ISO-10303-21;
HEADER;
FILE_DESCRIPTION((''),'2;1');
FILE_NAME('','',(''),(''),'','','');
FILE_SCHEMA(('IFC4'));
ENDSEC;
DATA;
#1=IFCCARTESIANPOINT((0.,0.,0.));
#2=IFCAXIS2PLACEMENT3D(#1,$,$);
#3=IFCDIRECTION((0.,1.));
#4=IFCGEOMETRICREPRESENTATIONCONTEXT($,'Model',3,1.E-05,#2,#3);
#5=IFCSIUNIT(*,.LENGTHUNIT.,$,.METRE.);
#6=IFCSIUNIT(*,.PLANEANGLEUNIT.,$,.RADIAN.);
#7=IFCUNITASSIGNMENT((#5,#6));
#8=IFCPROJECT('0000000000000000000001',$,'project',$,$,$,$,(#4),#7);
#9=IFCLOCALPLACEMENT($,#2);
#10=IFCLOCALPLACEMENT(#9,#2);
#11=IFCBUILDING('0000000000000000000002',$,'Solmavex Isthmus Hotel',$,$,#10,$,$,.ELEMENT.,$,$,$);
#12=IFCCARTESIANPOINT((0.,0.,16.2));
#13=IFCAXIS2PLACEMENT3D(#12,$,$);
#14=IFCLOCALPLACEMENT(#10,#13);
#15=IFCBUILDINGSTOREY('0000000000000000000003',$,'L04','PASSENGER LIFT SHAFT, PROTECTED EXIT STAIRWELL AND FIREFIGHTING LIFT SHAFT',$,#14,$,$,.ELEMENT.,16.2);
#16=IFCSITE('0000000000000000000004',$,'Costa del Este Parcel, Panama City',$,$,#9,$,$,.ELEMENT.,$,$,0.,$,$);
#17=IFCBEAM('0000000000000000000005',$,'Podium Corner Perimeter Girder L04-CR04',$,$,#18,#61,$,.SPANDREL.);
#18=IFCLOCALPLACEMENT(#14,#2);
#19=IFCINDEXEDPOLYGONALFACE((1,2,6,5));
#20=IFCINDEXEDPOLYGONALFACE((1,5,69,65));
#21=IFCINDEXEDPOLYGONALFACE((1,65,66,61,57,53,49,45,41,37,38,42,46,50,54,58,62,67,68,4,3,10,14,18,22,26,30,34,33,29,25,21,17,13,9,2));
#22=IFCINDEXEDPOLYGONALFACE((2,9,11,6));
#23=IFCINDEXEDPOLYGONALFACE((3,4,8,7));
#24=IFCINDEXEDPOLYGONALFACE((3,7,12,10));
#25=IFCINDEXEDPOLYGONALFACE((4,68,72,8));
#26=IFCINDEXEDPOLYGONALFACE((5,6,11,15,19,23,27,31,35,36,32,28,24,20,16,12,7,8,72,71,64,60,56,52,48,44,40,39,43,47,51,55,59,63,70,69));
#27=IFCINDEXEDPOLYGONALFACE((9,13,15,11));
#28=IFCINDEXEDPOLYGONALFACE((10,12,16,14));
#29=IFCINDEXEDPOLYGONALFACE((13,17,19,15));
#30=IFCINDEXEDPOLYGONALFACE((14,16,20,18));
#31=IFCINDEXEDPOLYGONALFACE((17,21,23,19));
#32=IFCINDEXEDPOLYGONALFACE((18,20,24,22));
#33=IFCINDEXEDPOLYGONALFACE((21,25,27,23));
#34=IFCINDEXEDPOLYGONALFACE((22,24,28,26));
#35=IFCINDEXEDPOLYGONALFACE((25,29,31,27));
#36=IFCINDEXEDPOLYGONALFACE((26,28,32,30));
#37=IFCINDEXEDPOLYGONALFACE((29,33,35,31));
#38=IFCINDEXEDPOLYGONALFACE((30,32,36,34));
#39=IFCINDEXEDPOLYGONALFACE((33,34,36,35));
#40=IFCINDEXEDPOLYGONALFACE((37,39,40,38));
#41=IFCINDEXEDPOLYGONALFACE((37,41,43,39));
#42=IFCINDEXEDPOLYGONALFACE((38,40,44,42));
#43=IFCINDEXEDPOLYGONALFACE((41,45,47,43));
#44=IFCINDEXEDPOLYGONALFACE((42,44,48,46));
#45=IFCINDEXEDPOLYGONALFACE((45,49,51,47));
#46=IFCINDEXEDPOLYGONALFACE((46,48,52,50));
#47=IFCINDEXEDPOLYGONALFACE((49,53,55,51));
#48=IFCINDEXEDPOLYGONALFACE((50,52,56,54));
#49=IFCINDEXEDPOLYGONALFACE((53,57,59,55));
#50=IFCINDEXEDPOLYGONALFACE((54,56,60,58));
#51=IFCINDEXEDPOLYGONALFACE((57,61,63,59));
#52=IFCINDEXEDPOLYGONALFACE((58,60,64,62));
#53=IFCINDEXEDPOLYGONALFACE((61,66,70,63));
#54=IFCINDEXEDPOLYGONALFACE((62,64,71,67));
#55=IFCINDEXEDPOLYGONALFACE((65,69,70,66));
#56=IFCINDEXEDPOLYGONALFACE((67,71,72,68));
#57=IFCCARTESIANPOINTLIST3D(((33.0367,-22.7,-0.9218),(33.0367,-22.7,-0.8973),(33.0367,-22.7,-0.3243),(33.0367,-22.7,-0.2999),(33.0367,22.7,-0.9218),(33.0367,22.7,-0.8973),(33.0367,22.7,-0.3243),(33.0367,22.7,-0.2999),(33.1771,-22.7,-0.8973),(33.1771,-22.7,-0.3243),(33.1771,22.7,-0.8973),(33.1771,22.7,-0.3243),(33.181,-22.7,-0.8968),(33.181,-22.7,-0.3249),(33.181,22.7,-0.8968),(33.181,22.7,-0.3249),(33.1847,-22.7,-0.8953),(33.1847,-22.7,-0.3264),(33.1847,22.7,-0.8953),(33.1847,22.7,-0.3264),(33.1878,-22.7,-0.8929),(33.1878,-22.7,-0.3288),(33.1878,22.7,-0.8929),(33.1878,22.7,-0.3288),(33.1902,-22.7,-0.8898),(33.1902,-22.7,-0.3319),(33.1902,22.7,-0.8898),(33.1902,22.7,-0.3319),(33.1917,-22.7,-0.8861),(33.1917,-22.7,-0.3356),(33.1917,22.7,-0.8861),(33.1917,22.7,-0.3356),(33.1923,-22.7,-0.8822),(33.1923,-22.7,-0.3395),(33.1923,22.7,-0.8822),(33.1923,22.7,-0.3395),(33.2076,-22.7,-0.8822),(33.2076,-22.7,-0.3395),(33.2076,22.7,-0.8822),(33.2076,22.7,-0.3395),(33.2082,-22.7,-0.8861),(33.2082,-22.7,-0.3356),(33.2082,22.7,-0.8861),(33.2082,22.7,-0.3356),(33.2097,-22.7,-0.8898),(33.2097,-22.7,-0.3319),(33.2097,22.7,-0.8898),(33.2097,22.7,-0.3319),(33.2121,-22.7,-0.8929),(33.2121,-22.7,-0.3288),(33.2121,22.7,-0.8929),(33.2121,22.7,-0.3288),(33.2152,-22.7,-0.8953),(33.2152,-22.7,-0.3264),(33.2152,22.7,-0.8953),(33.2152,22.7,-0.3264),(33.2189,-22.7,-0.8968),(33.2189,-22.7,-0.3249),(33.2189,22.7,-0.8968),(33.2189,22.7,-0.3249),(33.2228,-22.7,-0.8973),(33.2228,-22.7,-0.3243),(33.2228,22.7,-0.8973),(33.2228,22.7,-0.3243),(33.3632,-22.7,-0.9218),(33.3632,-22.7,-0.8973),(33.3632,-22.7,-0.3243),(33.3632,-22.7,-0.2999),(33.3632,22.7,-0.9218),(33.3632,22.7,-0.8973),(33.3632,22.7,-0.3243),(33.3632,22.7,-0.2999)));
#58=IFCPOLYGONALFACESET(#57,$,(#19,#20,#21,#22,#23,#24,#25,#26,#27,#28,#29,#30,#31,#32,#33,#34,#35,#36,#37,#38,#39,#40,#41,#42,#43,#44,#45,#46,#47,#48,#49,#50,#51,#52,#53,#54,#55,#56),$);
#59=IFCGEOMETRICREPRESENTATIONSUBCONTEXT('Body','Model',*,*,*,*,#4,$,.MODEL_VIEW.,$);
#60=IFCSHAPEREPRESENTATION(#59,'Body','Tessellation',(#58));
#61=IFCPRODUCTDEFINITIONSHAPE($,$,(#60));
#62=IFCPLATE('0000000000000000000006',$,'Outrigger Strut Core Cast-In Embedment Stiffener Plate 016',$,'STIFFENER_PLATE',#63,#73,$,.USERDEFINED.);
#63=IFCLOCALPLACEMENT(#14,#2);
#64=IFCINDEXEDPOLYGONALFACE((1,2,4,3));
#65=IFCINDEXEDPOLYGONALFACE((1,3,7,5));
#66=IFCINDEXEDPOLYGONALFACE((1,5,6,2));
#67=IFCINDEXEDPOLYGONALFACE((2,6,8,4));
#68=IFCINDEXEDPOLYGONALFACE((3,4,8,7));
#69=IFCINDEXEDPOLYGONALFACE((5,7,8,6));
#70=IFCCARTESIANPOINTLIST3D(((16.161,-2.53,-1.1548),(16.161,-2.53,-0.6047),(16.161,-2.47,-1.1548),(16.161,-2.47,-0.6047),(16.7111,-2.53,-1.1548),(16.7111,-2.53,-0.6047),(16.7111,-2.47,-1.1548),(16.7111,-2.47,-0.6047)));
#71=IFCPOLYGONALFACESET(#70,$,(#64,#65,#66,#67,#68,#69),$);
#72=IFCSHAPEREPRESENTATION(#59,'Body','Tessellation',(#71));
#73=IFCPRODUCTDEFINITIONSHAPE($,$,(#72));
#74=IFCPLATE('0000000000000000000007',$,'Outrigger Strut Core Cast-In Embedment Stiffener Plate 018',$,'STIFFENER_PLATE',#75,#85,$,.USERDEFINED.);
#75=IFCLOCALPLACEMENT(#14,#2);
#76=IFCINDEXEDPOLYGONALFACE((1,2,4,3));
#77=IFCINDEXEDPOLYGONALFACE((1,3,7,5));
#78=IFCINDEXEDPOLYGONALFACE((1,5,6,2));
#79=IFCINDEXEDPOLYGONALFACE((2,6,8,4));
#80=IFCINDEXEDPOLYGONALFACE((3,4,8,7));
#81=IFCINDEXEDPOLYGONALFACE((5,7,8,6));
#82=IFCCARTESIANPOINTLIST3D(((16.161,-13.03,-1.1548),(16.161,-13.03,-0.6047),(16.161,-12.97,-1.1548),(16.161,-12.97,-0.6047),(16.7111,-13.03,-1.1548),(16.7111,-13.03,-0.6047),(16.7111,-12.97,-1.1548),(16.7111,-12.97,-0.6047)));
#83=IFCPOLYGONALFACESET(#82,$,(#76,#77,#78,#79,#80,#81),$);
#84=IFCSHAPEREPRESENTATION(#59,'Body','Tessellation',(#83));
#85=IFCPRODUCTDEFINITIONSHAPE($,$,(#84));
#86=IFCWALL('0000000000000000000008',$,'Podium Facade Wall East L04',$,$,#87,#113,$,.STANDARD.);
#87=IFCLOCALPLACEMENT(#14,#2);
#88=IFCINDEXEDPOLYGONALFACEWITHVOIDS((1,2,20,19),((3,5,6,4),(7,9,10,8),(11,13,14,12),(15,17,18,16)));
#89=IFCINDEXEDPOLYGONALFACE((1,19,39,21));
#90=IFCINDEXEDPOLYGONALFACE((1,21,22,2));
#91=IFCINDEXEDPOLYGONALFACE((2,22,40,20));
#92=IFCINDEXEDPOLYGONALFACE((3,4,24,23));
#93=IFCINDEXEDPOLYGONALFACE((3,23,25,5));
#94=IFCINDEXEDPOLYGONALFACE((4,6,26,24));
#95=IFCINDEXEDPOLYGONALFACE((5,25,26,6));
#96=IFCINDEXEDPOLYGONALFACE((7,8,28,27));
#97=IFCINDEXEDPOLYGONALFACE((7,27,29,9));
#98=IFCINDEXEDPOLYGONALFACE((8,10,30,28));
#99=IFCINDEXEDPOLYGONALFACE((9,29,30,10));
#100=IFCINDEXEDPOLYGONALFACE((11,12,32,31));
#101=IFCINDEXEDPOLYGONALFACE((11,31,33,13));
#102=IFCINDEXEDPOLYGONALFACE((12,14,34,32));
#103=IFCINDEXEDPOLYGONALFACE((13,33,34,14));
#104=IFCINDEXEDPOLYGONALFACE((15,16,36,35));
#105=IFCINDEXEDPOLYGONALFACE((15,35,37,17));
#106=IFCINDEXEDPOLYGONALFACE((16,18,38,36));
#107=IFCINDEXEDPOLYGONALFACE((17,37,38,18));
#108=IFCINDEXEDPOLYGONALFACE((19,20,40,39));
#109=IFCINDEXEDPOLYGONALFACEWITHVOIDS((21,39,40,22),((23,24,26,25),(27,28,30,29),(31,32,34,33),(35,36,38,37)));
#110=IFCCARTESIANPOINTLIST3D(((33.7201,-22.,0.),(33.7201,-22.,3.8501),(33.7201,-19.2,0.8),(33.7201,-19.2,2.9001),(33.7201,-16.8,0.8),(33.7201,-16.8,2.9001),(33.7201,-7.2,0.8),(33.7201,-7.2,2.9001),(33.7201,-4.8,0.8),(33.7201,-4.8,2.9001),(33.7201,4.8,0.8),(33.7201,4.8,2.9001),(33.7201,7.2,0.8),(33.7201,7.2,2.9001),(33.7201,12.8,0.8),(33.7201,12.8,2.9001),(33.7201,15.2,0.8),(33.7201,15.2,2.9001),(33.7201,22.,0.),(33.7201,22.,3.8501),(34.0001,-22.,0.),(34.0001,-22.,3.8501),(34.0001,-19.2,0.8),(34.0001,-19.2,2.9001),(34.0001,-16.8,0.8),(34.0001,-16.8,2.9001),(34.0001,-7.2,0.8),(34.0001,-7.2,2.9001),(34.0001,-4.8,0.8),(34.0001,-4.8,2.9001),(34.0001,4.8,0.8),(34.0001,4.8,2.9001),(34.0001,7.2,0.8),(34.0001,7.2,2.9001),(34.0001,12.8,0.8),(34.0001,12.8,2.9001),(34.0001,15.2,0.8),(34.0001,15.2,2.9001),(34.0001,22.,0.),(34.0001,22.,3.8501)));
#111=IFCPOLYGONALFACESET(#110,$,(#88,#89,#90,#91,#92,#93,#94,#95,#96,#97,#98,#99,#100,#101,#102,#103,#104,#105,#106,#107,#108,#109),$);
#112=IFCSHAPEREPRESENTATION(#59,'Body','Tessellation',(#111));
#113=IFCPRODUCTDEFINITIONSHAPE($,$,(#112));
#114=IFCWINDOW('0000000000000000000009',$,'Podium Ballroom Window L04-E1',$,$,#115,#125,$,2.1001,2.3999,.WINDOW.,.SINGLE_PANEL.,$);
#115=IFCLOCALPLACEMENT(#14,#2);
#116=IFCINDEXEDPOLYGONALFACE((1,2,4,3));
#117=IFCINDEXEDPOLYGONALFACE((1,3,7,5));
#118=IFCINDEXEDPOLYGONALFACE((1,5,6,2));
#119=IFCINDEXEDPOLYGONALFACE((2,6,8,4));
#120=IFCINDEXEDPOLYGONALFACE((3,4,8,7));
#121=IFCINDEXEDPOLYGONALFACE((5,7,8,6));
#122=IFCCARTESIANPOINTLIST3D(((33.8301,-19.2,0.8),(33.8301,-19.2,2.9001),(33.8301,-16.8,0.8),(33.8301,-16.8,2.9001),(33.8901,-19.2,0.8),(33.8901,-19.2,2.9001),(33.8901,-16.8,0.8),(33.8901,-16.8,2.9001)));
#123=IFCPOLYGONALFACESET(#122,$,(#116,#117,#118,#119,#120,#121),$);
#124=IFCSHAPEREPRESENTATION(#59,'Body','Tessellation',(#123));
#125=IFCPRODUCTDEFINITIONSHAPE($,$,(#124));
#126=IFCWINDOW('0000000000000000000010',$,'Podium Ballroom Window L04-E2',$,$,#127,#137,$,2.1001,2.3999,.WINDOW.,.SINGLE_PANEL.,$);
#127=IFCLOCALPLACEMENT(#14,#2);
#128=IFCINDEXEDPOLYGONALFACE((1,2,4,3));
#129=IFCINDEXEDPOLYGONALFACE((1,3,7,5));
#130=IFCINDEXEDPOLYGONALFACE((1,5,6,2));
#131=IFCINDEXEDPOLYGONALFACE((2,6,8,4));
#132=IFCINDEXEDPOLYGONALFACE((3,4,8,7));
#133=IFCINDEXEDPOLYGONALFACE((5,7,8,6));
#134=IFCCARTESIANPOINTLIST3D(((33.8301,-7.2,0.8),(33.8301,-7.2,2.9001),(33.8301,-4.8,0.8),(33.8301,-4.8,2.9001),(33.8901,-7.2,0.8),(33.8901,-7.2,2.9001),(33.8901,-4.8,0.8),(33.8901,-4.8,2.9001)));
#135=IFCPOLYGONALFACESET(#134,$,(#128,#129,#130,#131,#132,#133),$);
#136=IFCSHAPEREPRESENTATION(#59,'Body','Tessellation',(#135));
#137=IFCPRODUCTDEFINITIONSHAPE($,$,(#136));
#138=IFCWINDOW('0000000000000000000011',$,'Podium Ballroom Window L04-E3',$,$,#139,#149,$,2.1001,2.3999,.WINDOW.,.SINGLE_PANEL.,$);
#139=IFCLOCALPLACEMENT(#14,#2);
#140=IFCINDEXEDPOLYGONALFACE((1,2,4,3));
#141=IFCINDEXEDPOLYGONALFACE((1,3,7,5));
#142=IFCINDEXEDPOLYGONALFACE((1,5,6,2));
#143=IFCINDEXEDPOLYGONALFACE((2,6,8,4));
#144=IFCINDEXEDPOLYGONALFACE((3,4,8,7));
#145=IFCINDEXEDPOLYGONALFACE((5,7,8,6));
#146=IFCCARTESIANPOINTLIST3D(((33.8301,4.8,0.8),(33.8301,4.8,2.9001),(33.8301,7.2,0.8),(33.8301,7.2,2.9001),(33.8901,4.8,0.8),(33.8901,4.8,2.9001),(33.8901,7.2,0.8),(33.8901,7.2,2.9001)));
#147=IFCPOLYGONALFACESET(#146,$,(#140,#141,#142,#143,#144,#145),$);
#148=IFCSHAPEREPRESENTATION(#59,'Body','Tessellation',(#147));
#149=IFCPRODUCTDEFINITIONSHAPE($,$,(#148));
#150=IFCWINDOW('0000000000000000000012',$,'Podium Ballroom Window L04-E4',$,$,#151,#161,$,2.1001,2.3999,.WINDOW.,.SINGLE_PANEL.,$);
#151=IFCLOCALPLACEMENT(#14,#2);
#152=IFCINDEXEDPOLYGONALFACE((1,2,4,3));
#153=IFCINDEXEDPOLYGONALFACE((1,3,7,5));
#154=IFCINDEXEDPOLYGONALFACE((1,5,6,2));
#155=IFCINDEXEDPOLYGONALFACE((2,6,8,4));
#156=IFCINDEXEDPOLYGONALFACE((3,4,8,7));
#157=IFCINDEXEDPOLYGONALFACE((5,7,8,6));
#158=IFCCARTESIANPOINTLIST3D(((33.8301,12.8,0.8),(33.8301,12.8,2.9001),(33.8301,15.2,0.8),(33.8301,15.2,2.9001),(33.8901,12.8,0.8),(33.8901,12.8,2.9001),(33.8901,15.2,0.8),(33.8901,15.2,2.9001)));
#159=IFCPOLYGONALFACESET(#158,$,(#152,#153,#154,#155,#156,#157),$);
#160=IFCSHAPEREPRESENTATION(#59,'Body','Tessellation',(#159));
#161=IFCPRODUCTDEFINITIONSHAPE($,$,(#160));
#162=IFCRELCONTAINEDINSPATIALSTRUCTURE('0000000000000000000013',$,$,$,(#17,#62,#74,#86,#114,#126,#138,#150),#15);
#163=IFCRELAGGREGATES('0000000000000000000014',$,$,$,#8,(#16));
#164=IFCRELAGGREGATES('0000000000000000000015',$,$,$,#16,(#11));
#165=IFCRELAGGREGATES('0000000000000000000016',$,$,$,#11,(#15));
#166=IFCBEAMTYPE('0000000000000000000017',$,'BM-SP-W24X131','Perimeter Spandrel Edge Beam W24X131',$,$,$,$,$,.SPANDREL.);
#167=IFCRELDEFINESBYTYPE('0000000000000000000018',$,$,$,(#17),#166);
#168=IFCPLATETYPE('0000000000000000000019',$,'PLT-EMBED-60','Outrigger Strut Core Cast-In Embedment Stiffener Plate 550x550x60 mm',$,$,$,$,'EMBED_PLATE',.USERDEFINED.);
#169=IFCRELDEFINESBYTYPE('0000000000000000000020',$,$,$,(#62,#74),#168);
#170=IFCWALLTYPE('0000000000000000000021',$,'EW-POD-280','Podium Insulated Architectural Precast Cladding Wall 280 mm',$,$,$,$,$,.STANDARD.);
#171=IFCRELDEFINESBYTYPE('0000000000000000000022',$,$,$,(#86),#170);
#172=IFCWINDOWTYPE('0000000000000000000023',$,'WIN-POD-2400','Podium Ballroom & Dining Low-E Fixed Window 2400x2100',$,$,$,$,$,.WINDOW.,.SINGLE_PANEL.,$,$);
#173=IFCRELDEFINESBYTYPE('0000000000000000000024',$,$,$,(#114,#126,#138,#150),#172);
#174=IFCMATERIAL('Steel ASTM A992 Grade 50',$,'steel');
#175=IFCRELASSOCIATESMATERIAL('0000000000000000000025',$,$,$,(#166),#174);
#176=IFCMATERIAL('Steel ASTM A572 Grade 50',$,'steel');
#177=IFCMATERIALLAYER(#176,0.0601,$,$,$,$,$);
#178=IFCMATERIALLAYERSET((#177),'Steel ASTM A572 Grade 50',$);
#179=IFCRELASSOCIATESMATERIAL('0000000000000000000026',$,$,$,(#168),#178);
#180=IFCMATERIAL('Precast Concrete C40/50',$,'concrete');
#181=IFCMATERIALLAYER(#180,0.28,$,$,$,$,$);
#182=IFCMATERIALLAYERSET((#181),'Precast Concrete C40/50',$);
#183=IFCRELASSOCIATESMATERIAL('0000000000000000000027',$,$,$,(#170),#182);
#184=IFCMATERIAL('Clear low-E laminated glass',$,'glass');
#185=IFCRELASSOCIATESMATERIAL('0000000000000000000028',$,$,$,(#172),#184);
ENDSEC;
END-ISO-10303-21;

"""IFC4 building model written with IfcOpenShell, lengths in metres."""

from ifc_helpers import new_model, si_unit, direction, frame, frame_2d, origin, origin_2d, place, context, subcontext, project, spatial, rectangle, i_section, extrude, material, layer, layer_set, material_profile, profile_set, type_object, element, fill, save


model = new_model("IFC4")

# Units and contexts
model_context = context("Model", 3, precision=1e-05, world=origin(), true_north=direction((0.0, 1.0)))
body_context = subcontext(model_context, "Body", "Model", "MODEL_VIEW")
ifc_project = project(units=[si_unit("LENGTHUNIT", "METRE"), si_unit("PLANEANGLEUNIT", "RADIAN")], contexts=[model_context])

# Site, building, storey
site_placement = place(None, origin())
site = spatial("IfcSite", under=ifc_project, at=site_placement, Name="Costa del Este Parcel, Panama City", CompositionType="ELEMENT", RefElevation=0.0)
building_placement = place(site_placement, origin())
building = spatial("IfcBuilding", under=site, at=building_placement, Name="Solmavex Isthmus Hotel", CompositionType="ELEMENT")
storey_placement = place(building_placement, frame((0.0, 0.0, 16.2)))
storey = spatial("IfcBuildingStorey", under=building, at=storey_placement, Name="L04", Description="PASSENGER LIFT SHAFT, PROTECTED EXIT STAIRWELL AND FIREFIGHTING LIFT SHAFT", CompositionType="ELEMENT", Elevation=16.2)

# Beam
ifc_material_1 = material(Name="Steel ASTM A992 Grade 50", Category="steel")
ifc_material_profile_1 = material_profile(ifc_material_1, i_section(OverallWidth=0.3264, OverallDepth=0.6218, WebThickness=0.0154, FlangeThickness=0.0244, FilletRadius=0.0151, at=origin_2d()), Name="W24X131")
ifc_profile_set_1 = profile_set([ifc_material_profile_1], Name="Steel ASTM A992 Grade 50")
beam_type_1 = type_object("IfcBeamType", Name="BM-SP-W24X131", Description="Perimeter Spandrel Edge Beam W24X131", PredefinedType="SPANDREL", material=ifc_profile_set_1)
beam_1_placement = place(storey_placement, frame((33.2, -22.7, -0.6108), z_axis=(0.0, 1.0, 0.0), x_axis=(-1.0, 0.0, 0.0)))
element("IfcBeam", 1, at=beam_1_placement, inside=storey, type_object=beam_type_1, Name="Podium Corner Perimeter Girder L04-CR04", PredefinedType="SPANDREL", context=body_context, shape_type="SweptSolid", body=[
    extrude(i_section(OverallWidth=0.3264, OverallDepth=0.6218, WebThickness=0.0154, FlangeThickness=0.0244, FilletRadius=0.0151, at=origin_2d()), origin(), (0.0, 0.0, 1.0), 45.3999),
])

# Plates
ifc_material_2 = material(Name="Steel ASTM A572 Grade 50", Category="steel")
ifc_layer_1 = layer(ifc_material_2, 0.0601)
ifc_layer_set_1 = layer_set([ifc_layer_1], Name="Steel ASTM A572 Grade 50")
plate_type = type_object("IfcPlateType", Name="PLT-EMBED-60", Description="Outrigger Strut Core Cast-In Embedment Stiffener Plate 550x550x60 mm", ElementType="EMBED_PLATE", PredefinedType="USERDEFINED", material=ifc_layer_set_1)
for number, where, z_axis, x_axis, name in (
    (2, (16.436, -2.5, -1.1548), (0.0, 0.0, 1.0), (1.0, 0.0, 0.0), "Outrigger Strut Core Cast-In Embedment Stiffener Plate 016"),
    (3, (16.436, -13.0, -1.1548), (0.0, 0.0, 1.0), (1.0, 0.0, 0.0), "Outrigger Strut Core Cast-In Embedment Stiffener Plate 018"),
):
    element("IfcPlate", number, at=place(storey_placement, frame(where, z_axis=z_axis, x_axis=x_axis)), inside=storey, type_object=plate_type, Name=name, ObjectType="STIFFENER_PLATE", PredefinedType="USERDEFINED", context=body_context, shape_type="SweptSolid", body=[
        extrude(rectangle(XDim=0.55, YDim=0.0601, at=origin_2d()), origin(), (0.0, 0.0, 1.0), 0.55),
    ])

# Wall, openings, windows
ifc_material_3 = material(Name="Precast Concrete C40/50", Category="concrete")
ifc_layer_2 = layer(ifc_material_3, 0.28)
ifc_layer_set_2 = layer_set([ifc_layer_2], Name="Precast Concrete C40/50")
wall_type_1 = type_object("IfcWallType", Name="EW-POD-280", Description="Podium Insulated Architectural Precast Cladding Wall 280 mm", PredefinedType="STANDARD", material=ifc_layer_set_2)
wall_1_placement = place(storey_placement, frame((33.8601, -22.0, 0.0), z_axis=(0.0, 0.0, 1.0), x_axis=(0.0, 1.0, 0.0)))
wall_1 = element("IfcWall", 4, at=wall_1_placement, inside=storey, type_object=wall_type_1, Name="Podium Facade Wall East L04", PredefinedType="STANDARD", context=body_context, shape_type="SweptSolid", body=[
    extrude(rectangle(XDim=44.0, YDim=0.28, at=frame_2d((22.0, 0.0))), origin(), (0.0, 0.0, 1.0), 3.8501),
])
opening_1_placement = place(wall_1_placement, frame((2.8, 0.0, 0.8)))
opening_1 = element("IfcOpeningElement", 5, at=opening_1_placement, cuts=wall_1, PredefinedType="OPENING", context=body_context, shape_type="SweptSolid", body=[
    extrude(rectangle(XDim=2.3999, YDim=2.1001, at=frame_2d((1.2, 1.05))), frame((0.0, 0.1499, 0.0), z_axis=(0.0, -1.0, 0.0), x_axis=(1.0, 0.0, 0.0)), (0.0, 0.0, 1.0), 0.3),
])
opening_2_placement = place(wall_1_placement, frame((14.8, 0.0, 0.8)))
opening_2 = element("IfcOpeningElement", 6, at=opening_2_placement, cuts=wall_1, PredefinedType="OPENING", context=body_context, shape_type="SweptSolid", body=[
    extrude(rectangle(XDim=2.3999, YDim=2.1001, at=frame_2d((1.2, 1.05))), frame((0.0, 0.1499, 0.0), z_axis=(0.0, -1.0, 0.0), x_axis=(1.0, 0.0, 0.0)), (0.0, 0.0, 1.0), 0.3),
])
opening_3_placement = place(wall_1_placement, frame((26.8, 0.0, 0.8)))
opening_3 = element("IfcOpeningElement", 7, at=opening_3_placement, cuts=wall_1, PredefinedType="OPENING", context=body_context, shape_type="SweptSolid", body=[
    extrude(rectangle(XDim=2.3999, YDim=2.1001, at=frame_2d((1.2, 1.05))), frame((0.0, 0.1499, 0.0), z_axis=(0.0, -1.0, 0.0), x_axis=(1.0, 0.0, 0.0)), (0.0, 0.0, 1.0), 0.3),
])
opening_4_placement = place(wall_1_placement, frame((34.8, 0.0, 0.8)))
opening_4 = element("IfcOpeningElement", 8, at=opening_4_placement, cuts=wall_1, PredefinedType="OPENING", context=body_context, shape_type="SweptSolid", body=[
    extrude(rectangle(XDim=2.3999, YDim=2.1001, at=frame_2d((1.2, 1.05))), frame((0.0, 0.1499, 0.0), z_axis=(0.0, -1.0, 0.0), x_axis=(1.0, 0.0, 0.0)), (0.0, 0.0, 1.0), 0.3),
])
ifc_material_4 = material(Name="Clear low-E laminated glass", Category="glass")
window_type = type_object("IfcWindowType", Name="WIN-POD-2400", Description="Podium Ballroom & Dining Low-E Fixed Window 2400x2100", PartitioningType="SINGLE_PANEL", PredefinedType="WINDOW", material=ifc_material_4)
window_1_placement = place(opening_1_placement, origin())
window_1 = element("IfcWindow", 9, at=window_1_placement, inside=storey, type_object=window_type, Name="Podium Ballroom Window L04-E1", OverallHeight=2.1001, OverallWidth=2.3999, PartitioningType="SINGLE_PANEL", PredefinedType="WINDOW", context=body_context, shape_type="SweptSolid", body=[
    extrude(rectangle(XDim=2.3999, YDim=2.1001, at=frame_2d((1.2, 1.05))), frame((0.0, 0.03, 0.0), z_axis=(0.0, -1.0, 0.0), x_axis=(1.0, 0.0, 0.0)), (0.0, 0.0, 1.0), 0.0601),
])
fill(opening_1, window_1)
window_2_placement = place(opening_2_placement, origin())
window_2 = element("IfcWindow", 10, at=window_2_placement, inside=storey, type_object=window_type, Name="Podium Ballroom Window L04-E2", OverallHeight=2.1001, OverallWidth=2.3999, PartitioningType="SINGLE_PANEL", PredefinedType="WINDOW", context=body_context, shape_type="SweptSolid", body=[
    extrude(rectangle(XDim=2.3999, YDim=2.1001, at=frame_2d((1.2, 1.05))), frame((0.0, 0.03, 0.0), z_axis=(0.0, -1.0, 0.0), x_axis=(1.0, 0.0, 0.0)), (0.0, 0.0, 1.0), 0.0601),
])
fill(opening_2, window_2)
window_3_placement = place(opening_3_placement, origin())
window_3 = element("IfcWindow", 11, at=window_3_placement, inside=storey, type_object=window_type, Name="Podium Ballroom Window L04-E3", OverallHeight=2.1001, OverallWidth=2.3999, PartitioningType="SINGLE_PANEL", PredefinedType="WINDOW", context=body_context, shape_type="SweptSolid", body=[
    extrude(rectangle(XDim=2.3999, YDim=2.1001, at=frame_2d((1.2, 1.05))), frame((0.0, 0.03, 0.0), z_axis=(0.0, -1.0, 0.0), x_axis=(1.0, 0.0, 0.0)), (0.0, 0.0, 1.0), 0.0601),
])
fill(opening_3, window_3)
window_4_placement = place(opening_4_placement, origin())
window_4 = element("IfcWindow", 12, at=window_4_placement, inside=storey, type_object=window_type, Name="Podium Ballroom Window L04-E4", OverallHeight=2.1001, OverallWidth=2.3999, PartitioningType="SINGLE_PANEL", PredefinedType="WINDOW", context=body_context, shape_type="SweptSolid", body=[
    extrude(rectangle(XDim=2.3999, YDim=2.1001, at=frame_2d((1.2, 1.05))), frame((0.0, 0.03, 0.0), z_axis=(0.0, -1.0, 0.0), x_axis=(1.0, 0.0, 0.0)), (0.0, 0.0, 1.0), 0.0601),
])
fill(opening_4, window_4)

save(model, "model.ifc")
